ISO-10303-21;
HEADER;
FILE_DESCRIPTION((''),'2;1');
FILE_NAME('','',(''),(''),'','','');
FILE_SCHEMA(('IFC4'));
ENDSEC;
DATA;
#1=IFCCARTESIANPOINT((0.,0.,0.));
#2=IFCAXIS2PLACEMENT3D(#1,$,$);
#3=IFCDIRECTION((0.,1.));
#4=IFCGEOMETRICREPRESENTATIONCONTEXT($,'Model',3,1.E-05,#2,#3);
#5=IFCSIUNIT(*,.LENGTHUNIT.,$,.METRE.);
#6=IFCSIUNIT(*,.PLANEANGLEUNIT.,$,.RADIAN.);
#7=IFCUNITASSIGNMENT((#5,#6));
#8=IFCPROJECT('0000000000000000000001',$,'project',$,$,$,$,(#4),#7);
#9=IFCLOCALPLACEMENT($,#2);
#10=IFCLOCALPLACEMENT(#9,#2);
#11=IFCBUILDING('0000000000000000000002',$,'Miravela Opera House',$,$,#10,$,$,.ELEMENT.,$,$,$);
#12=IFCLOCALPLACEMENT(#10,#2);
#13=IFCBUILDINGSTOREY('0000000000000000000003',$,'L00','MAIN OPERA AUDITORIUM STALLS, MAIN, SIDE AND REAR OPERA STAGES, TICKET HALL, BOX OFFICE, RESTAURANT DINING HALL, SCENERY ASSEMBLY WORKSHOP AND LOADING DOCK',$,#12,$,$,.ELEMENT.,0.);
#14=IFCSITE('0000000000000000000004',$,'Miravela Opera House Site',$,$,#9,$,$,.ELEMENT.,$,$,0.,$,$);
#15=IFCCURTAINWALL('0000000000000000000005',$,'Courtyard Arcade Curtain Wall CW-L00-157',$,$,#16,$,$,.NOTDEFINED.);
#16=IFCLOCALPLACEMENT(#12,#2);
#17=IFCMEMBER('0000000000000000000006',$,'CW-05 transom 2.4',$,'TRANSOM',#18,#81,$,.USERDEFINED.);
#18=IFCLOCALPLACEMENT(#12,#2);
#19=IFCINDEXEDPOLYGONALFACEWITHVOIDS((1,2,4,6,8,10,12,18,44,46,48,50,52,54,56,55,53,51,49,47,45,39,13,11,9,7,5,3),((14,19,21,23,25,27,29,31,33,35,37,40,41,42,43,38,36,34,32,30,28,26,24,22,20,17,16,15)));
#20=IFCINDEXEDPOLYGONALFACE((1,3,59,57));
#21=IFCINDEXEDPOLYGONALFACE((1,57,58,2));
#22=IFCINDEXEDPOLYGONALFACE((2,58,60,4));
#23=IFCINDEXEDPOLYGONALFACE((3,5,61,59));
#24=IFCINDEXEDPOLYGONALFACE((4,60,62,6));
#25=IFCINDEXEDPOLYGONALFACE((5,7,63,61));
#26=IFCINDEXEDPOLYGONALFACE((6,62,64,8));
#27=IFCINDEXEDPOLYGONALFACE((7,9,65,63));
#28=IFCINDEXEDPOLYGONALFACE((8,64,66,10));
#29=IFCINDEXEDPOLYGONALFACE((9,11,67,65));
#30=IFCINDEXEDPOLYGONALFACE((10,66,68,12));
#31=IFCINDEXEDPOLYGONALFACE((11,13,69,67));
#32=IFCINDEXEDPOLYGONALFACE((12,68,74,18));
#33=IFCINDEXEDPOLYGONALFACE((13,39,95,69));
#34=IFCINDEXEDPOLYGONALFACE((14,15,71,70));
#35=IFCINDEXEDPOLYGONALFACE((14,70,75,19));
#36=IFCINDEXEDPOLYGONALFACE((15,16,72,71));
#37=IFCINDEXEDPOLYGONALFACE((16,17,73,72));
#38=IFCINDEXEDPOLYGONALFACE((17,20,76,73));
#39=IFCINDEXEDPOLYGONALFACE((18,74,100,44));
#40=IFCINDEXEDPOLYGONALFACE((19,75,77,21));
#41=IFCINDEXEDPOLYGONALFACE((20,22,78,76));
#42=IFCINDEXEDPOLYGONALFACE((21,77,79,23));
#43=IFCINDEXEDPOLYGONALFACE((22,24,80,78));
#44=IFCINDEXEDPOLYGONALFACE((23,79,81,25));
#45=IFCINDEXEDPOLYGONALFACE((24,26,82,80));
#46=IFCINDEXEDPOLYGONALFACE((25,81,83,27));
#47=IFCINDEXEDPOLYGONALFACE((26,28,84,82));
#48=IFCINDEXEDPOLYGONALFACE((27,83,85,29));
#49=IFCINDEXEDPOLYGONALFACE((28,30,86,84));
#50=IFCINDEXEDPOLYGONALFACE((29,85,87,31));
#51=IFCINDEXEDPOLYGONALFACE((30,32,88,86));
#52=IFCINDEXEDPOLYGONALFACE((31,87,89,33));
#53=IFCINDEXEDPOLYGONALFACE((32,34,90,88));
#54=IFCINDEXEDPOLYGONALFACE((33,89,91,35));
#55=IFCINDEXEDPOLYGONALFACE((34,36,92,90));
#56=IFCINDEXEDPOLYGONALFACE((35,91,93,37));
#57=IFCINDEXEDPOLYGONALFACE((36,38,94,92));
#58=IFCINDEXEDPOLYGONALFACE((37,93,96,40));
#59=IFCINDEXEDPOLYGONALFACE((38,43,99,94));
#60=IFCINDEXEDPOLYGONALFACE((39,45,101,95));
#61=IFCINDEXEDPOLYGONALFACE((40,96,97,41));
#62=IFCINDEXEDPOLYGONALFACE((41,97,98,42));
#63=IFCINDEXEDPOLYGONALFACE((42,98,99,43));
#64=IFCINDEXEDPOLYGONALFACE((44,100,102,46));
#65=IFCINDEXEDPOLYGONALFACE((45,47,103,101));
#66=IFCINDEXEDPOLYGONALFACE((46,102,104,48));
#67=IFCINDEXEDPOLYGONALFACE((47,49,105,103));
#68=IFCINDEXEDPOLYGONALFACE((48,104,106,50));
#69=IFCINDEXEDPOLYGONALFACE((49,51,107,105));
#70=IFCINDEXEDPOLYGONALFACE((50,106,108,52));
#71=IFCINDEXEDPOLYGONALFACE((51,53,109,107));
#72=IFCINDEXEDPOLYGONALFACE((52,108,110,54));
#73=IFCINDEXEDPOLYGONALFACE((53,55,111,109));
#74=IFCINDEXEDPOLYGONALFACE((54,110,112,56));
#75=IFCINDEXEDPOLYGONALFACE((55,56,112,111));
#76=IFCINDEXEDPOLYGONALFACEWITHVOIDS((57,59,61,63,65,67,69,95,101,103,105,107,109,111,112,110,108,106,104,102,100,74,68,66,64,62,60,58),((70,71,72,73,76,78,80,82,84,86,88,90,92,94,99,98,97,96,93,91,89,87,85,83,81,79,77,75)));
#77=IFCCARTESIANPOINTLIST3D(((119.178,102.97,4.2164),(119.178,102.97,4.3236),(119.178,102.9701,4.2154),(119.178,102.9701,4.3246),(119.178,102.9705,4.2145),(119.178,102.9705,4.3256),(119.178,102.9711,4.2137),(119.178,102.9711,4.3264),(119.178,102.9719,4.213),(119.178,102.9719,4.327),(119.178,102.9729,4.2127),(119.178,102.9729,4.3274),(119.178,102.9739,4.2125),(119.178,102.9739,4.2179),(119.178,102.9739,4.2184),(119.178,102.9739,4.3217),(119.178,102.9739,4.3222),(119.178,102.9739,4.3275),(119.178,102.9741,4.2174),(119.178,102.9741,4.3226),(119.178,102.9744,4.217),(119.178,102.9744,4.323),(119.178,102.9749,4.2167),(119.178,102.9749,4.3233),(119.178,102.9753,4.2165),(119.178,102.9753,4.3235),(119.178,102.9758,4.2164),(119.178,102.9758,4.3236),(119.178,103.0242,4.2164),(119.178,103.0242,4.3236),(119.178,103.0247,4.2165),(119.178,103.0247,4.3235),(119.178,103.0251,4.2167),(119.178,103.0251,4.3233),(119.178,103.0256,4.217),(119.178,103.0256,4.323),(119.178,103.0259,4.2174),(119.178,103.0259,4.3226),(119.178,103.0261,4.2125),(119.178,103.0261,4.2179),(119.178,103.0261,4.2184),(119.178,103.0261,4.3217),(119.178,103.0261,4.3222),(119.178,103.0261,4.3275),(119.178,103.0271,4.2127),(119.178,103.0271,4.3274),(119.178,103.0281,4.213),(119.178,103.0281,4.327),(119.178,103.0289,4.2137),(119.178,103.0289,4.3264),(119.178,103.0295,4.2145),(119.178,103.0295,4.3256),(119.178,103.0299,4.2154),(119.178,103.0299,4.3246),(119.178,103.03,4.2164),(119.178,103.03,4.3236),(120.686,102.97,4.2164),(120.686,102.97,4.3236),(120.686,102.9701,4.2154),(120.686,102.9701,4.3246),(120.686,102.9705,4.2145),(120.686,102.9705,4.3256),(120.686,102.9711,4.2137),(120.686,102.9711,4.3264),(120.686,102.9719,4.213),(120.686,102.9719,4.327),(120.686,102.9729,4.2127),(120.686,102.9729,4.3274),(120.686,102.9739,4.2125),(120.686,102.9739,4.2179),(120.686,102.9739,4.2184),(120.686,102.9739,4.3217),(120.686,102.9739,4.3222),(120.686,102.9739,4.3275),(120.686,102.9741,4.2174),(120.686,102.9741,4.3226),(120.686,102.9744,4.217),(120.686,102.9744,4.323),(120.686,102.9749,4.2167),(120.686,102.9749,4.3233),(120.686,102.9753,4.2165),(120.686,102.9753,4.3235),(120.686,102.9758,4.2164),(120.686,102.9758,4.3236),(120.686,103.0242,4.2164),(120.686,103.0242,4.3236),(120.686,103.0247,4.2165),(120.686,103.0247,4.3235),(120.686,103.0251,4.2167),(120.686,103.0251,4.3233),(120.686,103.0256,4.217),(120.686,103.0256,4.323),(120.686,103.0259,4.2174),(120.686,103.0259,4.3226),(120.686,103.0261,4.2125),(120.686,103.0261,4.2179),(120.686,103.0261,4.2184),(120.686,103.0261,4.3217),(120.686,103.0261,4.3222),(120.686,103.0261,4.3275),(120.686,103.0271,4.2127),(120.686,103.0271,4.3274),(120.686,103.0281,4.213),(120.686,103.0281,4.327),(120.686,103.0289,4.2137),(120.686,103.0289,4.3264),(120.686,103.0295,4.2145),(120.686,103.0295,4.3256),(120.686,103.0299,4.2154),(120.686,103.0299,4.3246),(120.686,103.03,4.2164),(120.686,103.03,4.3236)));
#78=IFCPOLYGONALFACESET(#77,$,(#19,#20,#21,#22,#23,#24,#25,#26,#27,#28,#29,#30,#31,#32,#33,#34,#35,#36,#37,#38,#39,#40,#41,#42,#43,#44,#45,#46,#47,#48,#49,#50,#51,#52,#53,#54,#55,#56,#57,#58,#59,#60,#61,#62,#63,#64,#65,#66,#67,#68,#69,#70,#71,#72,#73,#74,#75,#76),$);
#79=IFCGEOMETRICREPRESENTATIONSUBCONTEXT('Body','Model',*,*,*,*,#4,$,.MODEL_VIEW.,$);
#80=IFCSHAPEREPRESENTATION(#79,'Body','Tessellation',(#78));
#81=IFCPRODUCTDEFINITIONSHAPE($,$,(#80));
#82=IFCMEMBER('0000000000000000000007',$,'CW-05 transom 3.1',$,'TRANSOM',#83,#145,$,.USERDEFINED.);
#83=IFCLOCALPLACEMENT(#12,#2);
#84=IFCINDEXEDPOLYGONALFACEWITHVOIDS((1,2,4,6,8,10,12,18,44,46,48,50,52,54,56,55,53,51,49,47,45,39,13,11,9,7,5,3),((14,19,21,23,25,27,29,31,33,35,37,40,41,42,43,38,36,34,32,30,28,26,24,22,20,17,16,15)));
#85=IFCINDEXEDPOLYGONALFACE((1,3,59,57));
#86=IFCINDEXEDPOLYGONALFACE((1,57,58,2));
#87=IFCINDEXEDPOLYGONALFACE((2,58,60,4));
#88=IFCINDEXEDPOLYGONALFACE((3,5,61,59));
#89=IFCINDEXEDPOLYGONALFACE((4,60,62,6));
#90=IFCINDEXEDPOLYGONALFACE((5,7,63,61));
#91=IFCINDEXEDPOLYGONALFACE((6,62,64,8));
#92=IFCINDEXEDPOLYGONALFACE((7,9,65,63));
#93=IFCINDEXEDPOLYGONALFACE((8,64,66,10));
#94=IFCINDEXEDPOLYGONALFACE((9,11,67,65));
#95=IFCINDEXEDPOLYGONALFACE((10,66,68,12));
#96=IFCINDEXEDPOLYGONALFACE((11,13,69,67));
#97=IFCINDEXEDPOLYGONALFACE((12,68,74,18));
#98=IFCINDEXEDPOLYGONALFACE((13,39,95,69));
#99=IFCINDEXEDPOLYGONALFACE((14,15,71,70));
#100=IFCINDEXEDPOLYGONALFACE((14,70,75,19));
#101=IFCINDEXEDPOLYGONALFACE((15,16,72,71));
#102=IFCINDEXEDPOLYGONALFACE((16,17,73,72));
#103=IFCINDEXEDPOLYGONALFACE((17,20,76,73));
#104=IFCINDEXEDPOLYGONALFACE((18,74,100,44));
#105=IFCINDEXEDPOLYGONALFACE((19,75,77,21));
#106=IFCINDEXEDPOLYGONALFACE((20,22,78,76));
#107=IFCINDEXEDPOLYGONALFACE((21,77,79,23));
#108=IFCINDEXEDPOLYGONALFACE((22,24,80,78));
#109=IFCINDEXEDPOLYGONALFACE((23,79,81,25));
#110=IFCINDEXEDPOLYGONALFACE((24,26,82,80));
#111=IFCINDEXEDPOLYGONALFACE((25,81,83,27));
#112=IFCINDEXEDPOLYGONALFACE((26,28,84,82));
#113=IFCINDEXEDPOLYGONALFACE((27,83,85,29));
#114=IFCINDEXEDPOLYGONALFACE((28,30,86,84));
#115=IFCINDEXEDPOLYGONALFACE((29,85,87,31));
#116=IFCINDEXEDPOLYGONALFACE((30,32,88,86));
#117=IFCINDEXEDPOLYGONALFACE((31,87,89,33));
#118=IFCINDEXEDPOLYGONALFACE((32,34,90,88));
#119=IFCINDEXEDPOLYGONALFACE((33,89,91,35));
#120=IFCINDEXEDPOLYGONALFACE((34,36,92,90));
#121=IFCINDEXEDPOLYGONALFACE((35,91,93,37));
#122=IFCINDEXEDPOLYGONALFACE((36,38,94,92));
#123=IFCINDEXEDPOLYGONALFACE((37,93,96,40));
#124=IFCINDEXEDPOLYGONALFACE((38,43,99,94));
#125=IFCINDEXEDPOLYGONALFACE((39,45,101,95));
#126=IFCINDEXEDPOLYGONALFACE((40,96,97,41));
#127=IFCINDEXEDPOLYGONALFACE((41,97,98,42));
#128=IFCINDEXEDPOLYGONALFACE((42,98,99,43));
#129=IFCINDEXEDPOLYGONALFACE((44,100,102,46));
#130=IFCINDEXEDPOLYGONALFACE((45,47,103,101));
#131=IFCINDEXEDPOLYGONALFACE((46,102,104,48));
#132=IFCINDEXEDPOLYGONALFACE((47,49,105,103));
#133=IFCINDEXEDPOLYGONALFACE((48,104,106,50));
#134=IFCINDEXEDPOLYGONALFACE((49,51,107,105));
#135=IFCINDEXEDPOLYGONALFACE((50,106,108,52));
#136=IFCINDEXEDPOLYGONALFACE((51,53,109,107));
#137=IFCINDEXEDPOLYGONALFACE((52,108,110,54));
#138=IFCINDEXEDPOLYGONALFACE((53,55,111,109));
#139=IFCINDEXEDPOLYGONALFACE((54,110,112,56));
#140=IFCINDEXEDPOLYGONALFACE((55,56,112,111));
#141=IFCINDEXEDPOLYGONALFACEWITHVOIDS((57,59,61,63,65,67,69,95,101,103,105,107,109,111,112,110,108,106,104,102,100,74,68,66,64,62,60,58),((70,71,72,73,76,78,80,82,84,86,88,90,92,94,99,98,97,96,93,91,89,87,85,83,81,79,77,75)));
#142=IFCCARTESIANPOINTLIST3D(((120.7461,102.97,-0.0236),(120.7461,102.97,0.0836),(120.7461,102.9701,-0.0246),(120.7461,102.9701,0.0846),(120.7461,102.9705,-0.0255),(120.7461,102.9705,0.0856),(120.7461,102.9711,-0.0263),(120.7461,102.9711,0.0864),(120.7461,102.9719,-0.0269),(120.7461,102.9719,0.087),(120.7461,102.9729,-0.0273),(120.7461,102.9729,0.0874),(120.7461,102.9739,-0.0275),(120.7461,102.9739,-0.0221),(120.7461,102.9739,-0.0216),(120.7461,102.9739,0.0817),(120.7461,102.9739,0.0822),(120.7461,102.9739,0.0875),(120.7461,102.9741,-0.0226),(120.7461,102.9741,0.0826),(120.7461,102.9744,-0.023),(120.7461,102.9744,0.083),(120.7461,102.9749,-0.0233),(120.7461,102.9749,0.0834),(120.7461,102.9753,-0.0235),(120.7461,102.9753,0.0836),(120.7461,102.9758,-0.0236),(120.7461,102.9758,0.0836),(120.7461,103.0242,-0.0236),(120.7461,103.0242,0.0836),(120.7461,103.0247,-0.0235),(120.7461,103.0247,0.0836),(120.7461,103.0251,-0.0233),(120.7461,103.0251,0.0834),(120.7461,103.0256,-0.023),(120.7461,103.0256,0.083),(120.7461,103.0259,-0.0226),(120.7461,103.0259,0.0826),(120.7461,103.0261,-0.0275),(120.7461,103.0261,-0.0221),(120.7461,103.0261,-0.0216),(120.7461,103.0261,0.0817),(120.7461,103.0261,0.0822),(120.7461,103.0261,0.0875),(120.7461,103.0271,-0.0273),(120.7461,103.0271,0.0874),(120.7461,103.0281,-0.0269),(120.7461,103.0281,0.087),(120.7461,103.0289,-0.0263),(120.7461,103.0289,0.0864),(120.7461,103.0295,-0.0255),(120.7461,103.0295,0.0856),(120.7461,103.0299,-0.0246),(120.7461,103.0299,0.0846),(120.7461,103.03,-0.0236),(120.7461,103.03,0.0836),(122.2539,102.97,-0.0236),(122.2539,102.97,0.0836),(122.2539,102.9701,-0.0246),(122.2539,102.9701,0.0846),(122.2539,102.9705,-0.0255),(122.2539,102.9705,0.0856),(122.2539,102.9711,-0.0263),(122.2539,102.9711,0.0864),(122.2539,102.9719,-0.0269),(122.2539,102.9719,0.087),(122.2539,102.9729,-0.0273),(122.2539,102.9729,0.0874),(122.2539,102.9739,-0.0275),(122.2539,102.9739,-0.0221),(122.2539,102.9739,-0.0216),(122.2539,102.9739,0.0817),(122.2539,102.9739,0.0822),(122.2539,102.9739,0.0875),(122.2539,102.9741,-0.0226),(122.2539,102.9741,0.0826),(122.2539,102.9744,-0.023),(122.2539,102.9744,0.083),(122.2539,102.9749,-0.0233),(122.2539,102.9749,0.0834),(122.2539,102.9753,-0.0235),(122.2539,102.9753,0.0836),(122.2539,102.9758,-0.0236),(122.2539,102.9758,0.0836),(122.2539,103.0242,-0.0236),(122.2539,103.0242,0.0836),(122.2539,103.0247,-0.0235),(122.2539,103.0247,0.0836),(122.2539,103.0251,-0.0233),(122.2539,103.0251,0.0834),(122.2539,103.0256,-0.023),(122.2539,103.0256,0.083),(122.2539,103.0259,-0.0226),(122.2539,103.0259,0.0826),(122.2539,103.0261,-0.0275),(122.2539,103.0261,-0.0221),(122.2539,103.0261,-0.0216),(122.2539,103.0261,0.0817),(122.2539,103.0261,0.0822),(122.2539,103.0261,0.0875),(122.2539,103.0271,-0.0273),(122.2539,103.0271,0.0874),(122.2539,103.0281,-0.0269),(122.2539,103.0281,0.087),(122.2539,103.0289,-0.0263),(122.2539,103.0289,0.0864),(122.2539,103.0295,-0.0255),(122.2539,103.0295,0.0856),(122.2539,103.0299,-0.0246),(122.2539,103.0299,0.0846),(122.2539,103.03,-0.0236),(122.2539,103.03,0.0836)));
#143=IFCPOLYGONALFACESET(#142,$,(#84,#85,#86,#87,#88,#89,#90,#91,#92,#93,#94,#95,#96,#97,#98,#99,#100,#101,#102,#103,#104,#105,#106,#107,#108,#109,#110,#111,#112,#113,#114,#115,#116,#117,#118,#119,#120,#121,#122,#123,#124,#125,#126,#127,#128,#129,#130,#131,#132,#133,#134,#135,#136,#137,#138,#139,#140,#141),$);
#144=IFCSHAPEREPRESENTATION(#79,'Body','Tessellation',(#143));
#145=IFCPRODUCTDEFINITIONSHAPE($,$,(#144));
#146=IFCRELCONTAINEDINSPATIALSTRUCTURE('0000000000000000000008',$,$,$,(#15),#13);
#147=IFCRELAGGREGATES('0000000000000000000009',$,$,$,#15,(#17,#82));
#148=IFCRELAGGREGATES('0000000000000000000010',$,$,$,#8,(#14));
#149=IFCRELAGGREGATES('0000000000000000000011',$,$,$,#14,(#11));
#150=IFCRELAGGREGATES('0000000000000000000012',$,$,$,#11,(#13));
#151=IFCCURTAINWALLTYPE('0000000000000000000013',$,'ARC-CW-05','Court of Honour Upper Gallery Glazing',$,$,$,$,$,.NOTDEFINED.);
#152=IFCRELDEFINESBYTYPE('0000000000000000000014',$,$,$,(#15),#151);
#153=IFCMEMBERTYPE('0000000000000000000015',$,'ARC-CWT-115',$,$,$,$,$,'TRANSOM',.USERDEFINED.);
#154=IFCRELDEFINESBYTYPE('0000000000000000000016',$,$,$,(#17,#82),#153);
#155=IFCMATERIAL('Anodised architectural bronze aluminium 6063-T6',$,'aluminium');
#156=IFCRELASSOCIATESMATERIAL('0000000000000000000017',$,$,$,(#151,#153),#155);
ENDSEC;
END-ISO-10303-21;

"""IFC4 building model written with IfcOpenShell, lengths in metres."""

from ifc_helpers import new_model, si_unit, direction, frame, origin, origin_2d, place, context, subcontext, project, spatial, hollow_rectangle, extrude, material, material_profile, profile_set, type_object, element, aggregate, save


model = new_model("IFC4")

# Units and contexts
model_context = context("Model", 3, precision=1e-05, world=origin(), true_north=direction((0.0, 1.0)))
body_context = subcontext(model_context, "Body", "Model", "MODEL_VIEW")
ifc_project = project(units=[si_unit("LENGTHUNIT", "METRE"), si_unit("PLANEANGLEUNIT", "RADIAN")], contexts=[model_context])

# Site, building, storey
site_placement = place(None, origin())
site = spatial("IfcSite", under=ifc_project, at=site_placement, Name="Miravela Opera House Site", CompositionType="ELEMENT", RefElevation=0.0)
building_placement = place(site_placement, origin())
building = spatial("IfcBuilding", under=site, at=building_placement, Name="Miravela Opera House", CompositionType="ELEMENT")
storey_placement = place(building_placement, origin())
storey = spatial("IfcBuildingStorey", under=building, at=storey_placement, Name="L00", Description="MAIN OPERA AUDITORIUM STALLS, MAIN, SIDE AND REAR OPERA STAGES, TICKET HALL, BOX OFFICE, RESTAURANT DINING HALL, SCENERY ASSEMBLY WORKSHOP AND LOADING DOCK", CompositionType="ELEMENT", Elevation=0.0)

# Curtain wall, members
ifc_material_1 = material(Name="Anodised architectural bronze aluminium 6063-T6", Category="aluminium")
curtain_wall_type = type_object("IfcCurtainWallType", Name="ARC-CW-05", Description="Court of Honour Upper Gallery Glazing", PredefinedType="NOTDEFINED", material=ifc_material_1)
curtain_wall_placement = place(storey_placement, origin())
curtain_wall = element("IfcCurtainWall", 1, at=curtain_wall_placement, inside=storey, type_object=curtain_wall_type, Name="Courtyard Arcade Curtain Wall CW-L00-157", PredefinedType="NOTDEFINED")
ifc_material_profile_1 = material_profile(ifc_material_1, hollow_rectangle(XDim=0.0601, YDim=0.115, WallThickness=0.0039, InnerFilletRadius=0.002, OuterFilletRadius=0.0039, at=origin_2d()), Name="CWT-60X115")
ifc_profile_set_1 = profile_set([ifc_material_profile_1])
member_type_1 = type_object("IfcMemberType", Name="ARC-CWT-115", ElementType="TRANSOM", PredefinedType="USERDEFINED", material=ifc_profile_set_1)
member_1_placement = place(storey_placement, frame((119.178, 103.0, 4.27), z_axis=(1.0, 0.0, 0.0), x_axis=(0.0, 1.0, 0.0)))
member_1 = element("IfcMember", 2, at=member_1_placement, type_object=member_type_1, Name="CW-05 transom 2.4", ObjectType="TRANSOM", PredefinedType="USERDEFINED", context=body_context, shape_type="SweptSolid", body=[
    extrude(hollow_rectangle(XDim=0.0601, YDim=0.115, WallThickness=0.0039, InnerFilletRadius=0.002, OuterFilletRadius=0.0039, at=origin_2d()), origin(), (0.0, 0.0, 1.0), 1.5081),
])
member_2_placement = place(storey_placement, frame((120.7461, 103.0, 0.03), z_axis=(1.0, 0.0, 0.0), x_axis=(0.0, 1.0, 0.0)))
member_2 = element("IfcMember", 3, at=member_2_placement, type_object=member_type_1, Name="CW-05 transom 3.1", ObjectType="TRANSOM", PredefinedType="USERDEFINED", context=body_context, shape_type="SweptSolid", body=[
    extrude(hollow_rectangle(XDim=0.0601, YDim=0.115, WallThickness=0.0039, InnerFilletRadius=0.002, OuterFilletRadius=0.0039, at=origin_2d()), origin(), (0.0, 0.0, 1.0), 1.5078),
])

aggregate(curtain_wall, [member_1, member_2])

save(model, "model.ifc")
